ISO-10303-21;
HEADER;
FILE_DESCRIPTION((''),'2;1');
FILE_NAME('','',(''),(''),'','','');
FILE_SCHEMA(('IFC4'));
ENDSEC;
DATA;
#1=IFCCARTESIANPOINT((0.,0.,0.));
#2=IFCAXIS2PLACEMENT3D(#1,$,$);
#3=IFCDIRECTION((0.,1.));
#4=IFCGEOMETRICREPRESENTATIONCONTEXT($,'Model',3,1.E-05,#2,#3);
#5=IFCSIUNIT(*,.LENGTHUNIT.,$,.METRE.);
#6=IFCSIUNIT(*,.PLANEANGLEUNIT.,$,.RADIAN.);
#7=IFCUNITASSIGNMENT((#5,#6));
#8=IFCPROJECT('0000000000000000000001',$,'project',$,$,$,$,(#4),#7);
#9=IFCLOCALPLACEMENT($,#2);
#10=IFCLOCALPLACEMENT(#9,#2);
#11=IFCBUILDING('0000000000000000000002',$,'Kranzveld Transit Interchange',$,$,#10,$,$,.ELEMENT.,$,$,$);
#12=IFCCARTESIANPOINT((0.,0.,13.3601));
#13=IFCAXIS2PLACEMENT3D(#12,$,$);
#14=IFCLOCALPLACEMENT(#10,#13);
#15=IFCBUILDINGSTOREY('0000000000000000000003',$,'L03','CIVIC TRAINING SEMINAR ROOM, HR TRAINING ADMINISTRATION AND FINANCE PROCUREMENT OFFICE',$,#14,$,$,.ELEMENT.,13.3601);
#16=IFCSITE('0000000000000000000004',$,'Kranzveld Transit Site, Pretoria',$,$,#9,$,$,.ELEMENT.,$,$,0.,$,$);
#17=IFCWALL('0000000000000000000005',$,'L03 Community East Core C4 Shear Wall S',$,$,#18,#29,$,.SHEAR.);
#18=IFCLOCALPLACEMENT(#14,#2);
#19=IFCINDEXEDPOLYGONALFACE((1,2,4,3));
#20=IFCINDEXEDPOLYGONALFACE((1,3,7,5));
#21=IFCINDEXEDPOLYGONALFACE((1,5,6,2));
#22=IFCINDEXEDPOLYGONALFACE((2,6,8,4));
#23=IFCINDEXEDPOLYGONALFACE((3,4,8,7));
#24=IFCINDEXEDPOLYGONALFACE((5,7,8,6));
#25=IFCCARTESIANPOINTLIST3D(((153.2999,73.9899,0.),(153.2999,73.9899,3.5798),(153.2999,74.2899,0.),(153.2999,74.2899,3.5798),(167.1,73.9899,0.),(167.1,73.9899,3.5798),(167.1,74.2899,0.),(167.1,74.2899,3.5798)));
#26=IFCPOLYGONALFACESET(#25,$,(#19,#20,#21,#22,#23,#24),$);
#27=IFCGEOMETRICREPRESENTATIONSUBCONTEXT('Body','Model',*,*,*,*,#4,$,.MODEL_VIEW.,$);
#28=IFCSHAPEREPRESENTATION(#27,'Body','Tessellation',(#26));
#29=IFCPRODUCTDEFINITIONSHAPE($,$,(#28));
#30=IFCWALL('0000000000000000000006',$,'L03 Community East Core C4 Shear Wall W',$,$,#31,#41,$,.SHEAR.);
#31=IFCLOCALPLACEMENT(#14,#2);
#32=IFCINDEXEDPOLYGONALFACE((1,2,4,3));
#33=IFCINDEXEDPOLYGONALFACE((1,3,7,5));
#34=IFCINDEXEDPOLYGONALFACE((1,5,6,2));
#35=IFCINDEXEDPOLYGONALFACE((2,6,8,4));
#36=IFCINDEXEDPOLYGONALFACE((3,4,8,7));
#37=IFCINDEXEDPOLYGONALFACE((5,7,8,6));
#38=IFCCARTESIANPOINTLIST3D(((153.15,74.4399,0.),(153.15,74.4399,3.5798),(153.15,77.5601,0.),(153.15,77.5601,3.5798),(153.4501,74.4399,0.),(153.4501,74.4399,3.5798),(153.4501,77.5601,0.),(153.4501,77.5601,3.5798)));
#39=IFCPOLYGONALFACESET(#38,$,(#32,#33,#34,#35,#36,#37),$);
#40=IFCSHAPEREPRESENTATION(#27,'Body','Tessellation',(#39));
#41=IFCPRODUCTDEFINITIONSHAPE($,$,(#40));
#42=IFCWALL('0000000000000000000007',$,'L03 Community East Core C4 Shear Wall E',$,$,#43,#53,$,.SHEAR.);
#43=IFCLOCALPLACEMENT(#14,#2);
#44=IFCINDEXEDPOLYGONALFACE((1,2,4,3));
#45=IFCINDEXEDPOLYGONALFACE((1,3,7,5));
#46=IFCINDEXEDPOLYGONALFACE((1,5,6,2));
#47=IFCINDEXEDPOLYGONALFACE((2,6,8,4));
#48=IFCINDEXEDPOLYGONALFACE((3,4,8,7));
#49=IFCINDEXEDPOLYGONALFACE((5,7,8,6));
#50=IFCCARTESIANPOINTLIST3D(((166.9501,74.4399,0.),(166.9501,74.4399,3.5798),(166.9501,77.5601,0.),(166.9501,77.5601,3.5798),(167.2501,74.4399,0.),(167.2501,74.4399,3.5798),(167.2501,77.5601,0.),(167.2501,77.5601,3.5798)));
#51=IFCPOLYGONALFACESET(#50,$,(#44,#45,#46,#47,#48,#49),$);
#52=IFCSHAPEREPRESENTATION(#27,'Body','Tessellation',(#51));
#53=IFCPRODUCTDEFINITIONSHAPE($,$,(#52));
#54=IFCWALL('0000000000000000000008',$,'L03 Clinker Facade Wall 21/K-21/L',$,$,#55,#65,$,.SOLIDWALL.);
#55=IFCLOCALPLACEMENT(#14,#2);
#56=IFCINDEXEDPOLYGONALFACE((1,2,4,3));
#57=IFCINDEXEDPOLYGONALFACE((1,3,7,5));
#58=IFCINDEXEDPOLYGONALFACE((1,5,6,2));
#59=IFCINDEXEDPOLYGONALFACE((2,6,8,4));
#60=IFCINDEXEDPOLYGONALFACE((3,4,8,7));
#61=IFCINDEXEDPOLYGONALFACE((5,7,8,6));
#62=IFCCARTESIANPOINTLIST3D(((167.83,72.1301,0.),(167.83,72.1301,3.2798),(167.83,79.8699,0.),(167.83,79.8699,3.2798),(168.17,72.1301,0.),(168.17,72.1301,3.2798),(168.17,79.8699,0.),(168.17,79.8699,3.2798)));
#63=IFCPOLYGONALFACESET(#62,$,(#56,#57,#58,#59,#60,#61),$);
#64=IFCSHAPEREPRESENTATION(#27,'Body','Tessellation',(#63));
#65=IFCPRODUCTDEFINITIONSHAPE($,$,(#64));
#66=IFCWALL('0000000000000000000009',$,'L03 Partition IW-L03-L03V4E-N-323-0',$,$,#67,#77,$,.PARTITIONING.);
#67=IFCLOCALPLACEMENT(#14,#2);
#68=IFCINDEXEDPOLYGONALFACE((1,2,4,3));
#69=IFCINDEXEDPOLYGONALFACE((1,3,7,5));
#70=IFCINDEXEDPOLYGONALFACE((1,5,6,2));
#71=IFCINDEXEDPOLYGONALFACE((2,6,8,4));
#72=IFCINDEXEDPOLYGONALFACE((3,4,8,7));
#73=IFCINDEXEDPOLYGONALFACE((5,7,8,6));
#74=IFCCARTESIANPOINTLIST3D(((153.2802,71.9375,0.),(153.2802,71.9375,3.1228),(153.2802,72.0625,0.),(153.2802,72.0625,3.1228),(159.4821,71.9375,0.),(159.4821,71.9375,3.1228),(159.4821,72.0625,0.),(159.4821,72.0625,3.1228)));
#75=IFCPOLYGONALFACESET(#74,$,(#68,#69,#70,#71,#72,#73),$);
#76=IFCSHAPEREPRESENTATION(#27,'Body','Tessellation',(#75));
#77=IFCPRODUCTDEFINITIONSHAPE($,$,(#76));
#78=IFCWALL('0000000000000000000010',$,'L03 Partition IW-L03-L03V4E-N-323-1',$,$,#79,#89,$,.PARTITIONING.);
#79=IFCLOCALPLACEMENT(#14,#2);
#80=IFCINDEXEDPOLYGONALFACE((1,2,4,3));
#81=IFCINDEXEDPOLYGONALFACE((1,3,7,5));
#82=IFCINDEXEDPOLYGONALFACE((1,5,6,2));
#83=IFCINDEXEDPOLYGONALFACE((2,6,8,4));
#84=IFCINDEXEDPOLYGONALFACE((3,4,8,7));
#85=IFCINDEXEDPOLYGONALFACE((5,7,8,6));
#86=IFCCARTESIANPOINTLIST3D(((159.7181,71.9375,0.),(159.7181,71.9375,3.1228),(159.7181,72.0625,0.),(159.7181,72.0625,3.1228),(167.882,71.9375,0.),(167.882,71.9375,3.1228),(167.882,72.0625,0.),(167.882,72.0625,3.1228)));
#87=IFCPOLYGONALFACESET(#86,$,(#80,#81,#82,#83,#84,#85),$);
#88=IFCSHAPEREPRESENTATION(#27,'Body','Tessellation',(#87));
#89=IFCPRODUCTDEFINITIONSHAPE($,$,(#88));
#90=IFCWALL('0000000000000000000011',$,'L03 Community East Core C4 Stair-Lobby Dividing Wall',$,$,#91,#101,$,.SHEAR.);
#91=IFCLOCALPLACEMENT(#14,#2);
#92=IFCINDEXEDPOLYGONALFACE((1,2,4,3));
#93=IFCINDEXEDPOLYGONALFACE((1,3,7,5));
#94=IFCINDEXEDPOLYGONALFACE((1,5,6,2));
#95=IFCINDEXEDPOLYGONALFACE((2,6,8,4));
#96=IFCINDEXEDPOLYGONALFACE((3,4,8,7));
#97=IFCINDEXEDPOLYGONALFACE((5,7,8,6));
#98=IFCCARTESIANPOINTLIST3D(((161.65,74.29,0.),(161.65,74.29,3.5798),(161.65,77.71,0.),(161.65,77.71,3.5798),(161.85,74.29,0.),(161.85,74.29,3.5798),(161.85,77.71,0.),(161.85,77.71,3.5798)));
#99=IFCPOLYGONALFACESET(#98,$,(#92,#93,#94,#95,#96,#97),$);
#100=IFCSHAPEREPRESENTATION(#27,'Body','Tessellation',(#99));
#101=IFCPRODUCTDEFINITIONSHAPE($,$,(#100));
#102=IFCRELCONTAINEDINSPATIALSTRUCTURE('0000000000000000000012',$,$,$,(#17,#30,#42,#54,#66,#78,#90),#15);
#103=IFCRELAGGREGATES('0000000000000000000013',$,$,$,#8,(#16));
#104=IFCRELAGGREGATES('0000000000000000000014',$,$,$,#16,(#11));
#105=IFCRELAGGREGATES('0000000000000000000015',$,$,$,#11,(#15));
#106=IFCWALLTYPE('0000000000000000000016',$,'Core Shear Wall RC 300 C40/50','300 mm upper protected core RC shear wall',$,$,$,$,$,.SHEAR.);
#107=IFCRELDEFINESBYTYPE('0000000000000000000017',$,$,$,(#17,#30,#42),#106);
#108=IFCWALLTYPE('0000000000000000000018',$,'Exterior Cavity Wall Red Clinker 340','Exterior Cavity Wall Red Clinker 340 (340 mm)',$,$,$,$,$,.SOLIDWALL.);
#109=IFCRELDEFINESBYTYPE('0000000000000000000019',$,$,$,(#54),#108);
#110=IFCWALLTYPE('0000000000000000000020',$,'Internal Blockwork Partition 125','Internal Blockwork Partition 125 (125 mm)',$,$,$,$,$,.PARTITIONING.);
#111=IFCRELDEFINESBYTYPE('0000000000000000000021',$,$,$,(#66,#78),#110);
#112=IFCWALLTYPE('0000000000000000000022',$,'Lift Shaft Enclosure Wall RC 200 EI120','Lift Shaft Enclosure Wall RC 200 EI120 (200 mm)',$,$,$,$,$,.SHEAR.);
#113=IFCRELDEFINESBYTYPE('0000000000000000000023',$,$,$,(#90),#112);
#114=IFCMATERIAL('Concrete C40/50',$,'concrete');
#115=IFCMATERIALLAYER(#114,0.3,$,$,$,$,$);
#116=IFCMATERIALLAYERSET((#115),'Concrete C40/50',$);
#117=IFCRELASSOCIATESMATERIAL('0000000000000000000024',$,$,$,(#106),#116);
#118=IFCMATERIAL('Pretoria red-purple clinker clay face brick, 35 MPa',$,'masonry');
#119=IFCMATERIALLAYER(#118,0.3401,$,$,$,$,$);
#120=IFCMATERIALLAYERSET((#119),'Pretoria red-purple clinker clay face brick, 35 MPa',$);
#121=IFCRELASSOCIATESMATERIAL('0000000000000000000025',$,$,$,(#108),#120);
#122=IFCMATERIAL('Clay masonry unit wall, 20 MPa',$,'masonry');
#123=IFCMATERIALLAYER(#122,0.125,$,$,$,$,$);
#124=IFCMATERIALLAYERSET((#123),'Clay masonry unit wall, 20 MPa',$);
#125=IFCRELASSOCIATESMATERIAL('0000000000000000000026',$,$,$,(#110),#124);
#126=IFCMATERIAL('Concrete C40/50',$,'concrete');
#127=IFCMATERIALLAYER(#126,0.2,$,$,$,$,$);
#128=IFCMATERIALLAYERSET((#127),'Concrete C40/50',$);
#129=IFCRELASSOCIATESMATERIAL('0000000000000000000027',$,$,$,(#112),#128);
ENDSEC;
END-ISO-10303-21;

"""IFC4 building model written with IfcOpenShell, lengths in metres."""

from ifc_helpers import new_model, si_unit, direction, frame, frame_2d, origin, place, context, subcontext, project, spatial, rectangle, extrude, material, layer, layer_set, type_object, element, save


model = new_model("IFC4")

# Units and contexts
model_context = context("Model", 3, precision=1e-05, world=origin(), true_north=direction((0.0, 1.0)))
body_context = subcontext(model_context, "Body", "Model", "MODEL_VIEW")
ifc_project = project(units=[si_unit("LENGTHUNIT", "METRE"), si_unit("PLANEANGLEUNIT", "RADIAN")], contexts=[model_context])

# Site, building, storey
site_placement = place(None, origin())
site = spatial("IfcSite", under=ifc_project, at=site_placement, Name="Kranzveld Transit Site, Pretoria", CompositionType="ELEMENT", RefElevation=0.0)
building_placement = place(site_placement, origin())
building = spatial("IfcBuilding", under=site, at=building_placement, Name="Kranzveld Transit Interchange", CompositionType="ELEMENT")
storey_placement = place(building_placement, frame((0.0, 0.0, 13.3601)))
storey = spatial("IfcBuildingStorey", under=building, at=storey_placement, Name="L03", Description="CIVIC TRAINING SEMINAR ROOM, HR TRAINING ADMINISTRATION AND FINANCE PROCUREMENT OFFICE", CompositionType="ELEMENT", Elevation=13.3601)

# Wall
ifc_material_1 = material(Name="Concrete C40/50", Category="concrete")
ifc_layer_1 = layer(ifc_material_1, 0.3)
ifc_layer_set_1 = layer_set([ifc_layer_1], Name="Concrete C40/50")
wall_type_1 = type_object("IfcWallType", Name="Core Shear Wall RC 300 C40/50", Description="300 mm upper protected core RC shear wall", PredefinedType="SHEAR", material=ifc_layer_set_1)
wall_1_placement = place(storey_placement, frame((153.3, 74.1399, 0.0), z_axis=(0.0, 0.0, 1.0), x_axis=(1.0, 0.0, 0.0)))
element("IfcWall", 1, at=wall_1_placement, inside=storey, type_object=wall_type_1, Name="L03 Community East Core C4 Shear Wall S", PredefinedType="SHEAR", context=body_context, shape_type="SweptSolid", body=[
    extrude(rectangle(XDim=13.8, YDim=0.3, at=frame_2d((6.8999, 0.0))), origin(), (0.0, 0.0, 1.0), 3.5798),
])

# Walls
for number, where, z_axis, x_axis, name in (
    (2, (153.3, 74.4399, 0.0), (0.0, 0.0, 1.0), (0.0, 1.0, 0.0), "L03 Community East Core C4 Shear Wall W"),
    (3, (167.1001, 74.4399, 0.0), (0.0, 0.0, 1.0), (0.0, 1.0, 0.0), "L03 Community East Core C4 Shear Wall E"),
):
    element("IfcWall", number, at=place(storey_placement, frame(where, z_axis=z_axis, x_axis=x_axis)), inside=storey, type_object=wall_type_1, Name=name, PredefinedType="SHEAR", context=body_context, shape_type="SweptSolid", body=[
        extrude(rectangle(XDim=3.1201, YDim=0.3, at=frame_2d((1.5601, 0.0))), origin(), (0.0, 0.0, 1.0), 3.5798),
    ])
ifc_material_2 = material(Name="Pretoria red-purple clinker clay face brick, 35 MPa", Category="masonry")
ifc_layer_2 = layer(ifc_material_2, 0.3401)
ifc_layer_set_2 = layer_set([ifc_layer_2], Name="Pretoria red-purple clinker clay face brick, 35 MPa")
wall_type_2 = type_object("IfcWallType", Name="Exterior Cavity Wall Red Clinker 340", Description="Exterior Cavity Wall Red Clinker 340 (340 mm)", PredefinedType="SOLIDWALL", material=ifc_layer_set_2)
wall_2_placement = place(storey_placement, frame((168.0, 72.1301, 0.0), z_axis=(0.0, 0.0, 1.0), x_axis=(0.0, 1.0, 0.0)))
element("IfcWall", 4, at=wall_2_placement, inside=storey, type_object=wall_type_2, Name="L03 Clinker Facade Wall 21/K-21/L", PredefinedType="SOLIDWALL", context=body_context, shape_type="SweptSolid", body=[
    extrude(rectangle(XDim=7.7397, YDim=0.3401, at=frame_2d((3.8699, 0.0))), origin(), (0.0, 0.0, 1.0), 3.2798),
])
ifc_material_3 = material(Name="Clay masonry unit wall, 20 MPa", Category="masonry")
ifc_layer_3 = layer(ifc_material_3, 0.125)
ifc_layer_set_3 = layer_set([ifc_layer_3], Name="Clay masonry unit wall, 20 MPa")
wall_type_3 = type_object("IfcWallType", Name="Internal Blockwork Partition 125", Description="Internal Blockwork Partition 125 (125 mm)", PredefinedType="PARTITIONING", material=ifc_layer_set_3)
wall_3_placement = place(storey_placement, frame((153.28, 72.0, 0.0), z_axis=(0.0, 0.0, 1.0), x_axis=(1.0, 0.0, 0.0)))
element("IfcWall", 5, at=wall_3_placement, inside=storey, type_object=wall_type_3, Name="L03 Partition IW-L03-L03V4E-N-323-0", PredefinedType="PARTITIONING", context=body_context, shape_type="SweptSolid", body=[
    extrude(rectangle(XDim=6.2019, YDim=0.125, at=frame_2d((3.1011, 0.0))), origin(), (0.0, 0.0, 1.0), 3.1228),
])
wall_4_placement = place(storey_placement, frame((159.718, 72.0, 0.0), z_axis=(0.0, 0.0, 1.0), x_axis=(1.0, 0.0, 0.0)))
element("IfcWall", 6, at=wall_4_placement, inside=storey, type_object=wall_type_3, Name="L03 Partition IW-L03-L03V4E-N-323-1", PredefinedType="PARTITIONING", context=body_context, shape_type="SweptSolid", body=[
    extrude(rectangle(XDim=8.1638, YDim=0.125, at=frame_2d((4.082, 0.0))), origin(), (0.0, 0.0, 1.0), 3.1228),
])
ifc_material_4 = material(Name="Concrete C40/50", Category="concrete")
ifc_layer_4 = layer(ifc_material_4, 0.2)
ifc_layer_set_4 = layer_set([ifc_layer_4], Name="Concrete C40/50")
wall_type_4 = type_object("IfcWallType", Name="Lift Shaft Enclosure Wall RC 200 EI120", Description="Lift Shaft Enclosure Wall RC 200 EI120 (200 mm)", PredefinedType="SHEAR", material=ifc_layer_set_4)
wall_5_placement = place(storey_placement, frame((161.75, 74.29, 0.0), z_axis=(0.0, 0.0, 1.0), x_axis=(0.0, 1.0, 0.0)))
element("IfcWall", 7, at=wall_5_placement, inside=storey, type_object=wall_type_4, Name="L03 Community East Core C4 Stair-Lobby Dividing Wall", PredefinedType="SHEAR", context=body_context, shape_type="SweptSolid", body=[
    extrude(rectangle(XDim=3.4199, YDim=0.2, at=frame_2d((1.71, 0.0))), origin(), (0.0, 0.0, 1.0), 3.5798),
])

save(model, "model.ifc")
